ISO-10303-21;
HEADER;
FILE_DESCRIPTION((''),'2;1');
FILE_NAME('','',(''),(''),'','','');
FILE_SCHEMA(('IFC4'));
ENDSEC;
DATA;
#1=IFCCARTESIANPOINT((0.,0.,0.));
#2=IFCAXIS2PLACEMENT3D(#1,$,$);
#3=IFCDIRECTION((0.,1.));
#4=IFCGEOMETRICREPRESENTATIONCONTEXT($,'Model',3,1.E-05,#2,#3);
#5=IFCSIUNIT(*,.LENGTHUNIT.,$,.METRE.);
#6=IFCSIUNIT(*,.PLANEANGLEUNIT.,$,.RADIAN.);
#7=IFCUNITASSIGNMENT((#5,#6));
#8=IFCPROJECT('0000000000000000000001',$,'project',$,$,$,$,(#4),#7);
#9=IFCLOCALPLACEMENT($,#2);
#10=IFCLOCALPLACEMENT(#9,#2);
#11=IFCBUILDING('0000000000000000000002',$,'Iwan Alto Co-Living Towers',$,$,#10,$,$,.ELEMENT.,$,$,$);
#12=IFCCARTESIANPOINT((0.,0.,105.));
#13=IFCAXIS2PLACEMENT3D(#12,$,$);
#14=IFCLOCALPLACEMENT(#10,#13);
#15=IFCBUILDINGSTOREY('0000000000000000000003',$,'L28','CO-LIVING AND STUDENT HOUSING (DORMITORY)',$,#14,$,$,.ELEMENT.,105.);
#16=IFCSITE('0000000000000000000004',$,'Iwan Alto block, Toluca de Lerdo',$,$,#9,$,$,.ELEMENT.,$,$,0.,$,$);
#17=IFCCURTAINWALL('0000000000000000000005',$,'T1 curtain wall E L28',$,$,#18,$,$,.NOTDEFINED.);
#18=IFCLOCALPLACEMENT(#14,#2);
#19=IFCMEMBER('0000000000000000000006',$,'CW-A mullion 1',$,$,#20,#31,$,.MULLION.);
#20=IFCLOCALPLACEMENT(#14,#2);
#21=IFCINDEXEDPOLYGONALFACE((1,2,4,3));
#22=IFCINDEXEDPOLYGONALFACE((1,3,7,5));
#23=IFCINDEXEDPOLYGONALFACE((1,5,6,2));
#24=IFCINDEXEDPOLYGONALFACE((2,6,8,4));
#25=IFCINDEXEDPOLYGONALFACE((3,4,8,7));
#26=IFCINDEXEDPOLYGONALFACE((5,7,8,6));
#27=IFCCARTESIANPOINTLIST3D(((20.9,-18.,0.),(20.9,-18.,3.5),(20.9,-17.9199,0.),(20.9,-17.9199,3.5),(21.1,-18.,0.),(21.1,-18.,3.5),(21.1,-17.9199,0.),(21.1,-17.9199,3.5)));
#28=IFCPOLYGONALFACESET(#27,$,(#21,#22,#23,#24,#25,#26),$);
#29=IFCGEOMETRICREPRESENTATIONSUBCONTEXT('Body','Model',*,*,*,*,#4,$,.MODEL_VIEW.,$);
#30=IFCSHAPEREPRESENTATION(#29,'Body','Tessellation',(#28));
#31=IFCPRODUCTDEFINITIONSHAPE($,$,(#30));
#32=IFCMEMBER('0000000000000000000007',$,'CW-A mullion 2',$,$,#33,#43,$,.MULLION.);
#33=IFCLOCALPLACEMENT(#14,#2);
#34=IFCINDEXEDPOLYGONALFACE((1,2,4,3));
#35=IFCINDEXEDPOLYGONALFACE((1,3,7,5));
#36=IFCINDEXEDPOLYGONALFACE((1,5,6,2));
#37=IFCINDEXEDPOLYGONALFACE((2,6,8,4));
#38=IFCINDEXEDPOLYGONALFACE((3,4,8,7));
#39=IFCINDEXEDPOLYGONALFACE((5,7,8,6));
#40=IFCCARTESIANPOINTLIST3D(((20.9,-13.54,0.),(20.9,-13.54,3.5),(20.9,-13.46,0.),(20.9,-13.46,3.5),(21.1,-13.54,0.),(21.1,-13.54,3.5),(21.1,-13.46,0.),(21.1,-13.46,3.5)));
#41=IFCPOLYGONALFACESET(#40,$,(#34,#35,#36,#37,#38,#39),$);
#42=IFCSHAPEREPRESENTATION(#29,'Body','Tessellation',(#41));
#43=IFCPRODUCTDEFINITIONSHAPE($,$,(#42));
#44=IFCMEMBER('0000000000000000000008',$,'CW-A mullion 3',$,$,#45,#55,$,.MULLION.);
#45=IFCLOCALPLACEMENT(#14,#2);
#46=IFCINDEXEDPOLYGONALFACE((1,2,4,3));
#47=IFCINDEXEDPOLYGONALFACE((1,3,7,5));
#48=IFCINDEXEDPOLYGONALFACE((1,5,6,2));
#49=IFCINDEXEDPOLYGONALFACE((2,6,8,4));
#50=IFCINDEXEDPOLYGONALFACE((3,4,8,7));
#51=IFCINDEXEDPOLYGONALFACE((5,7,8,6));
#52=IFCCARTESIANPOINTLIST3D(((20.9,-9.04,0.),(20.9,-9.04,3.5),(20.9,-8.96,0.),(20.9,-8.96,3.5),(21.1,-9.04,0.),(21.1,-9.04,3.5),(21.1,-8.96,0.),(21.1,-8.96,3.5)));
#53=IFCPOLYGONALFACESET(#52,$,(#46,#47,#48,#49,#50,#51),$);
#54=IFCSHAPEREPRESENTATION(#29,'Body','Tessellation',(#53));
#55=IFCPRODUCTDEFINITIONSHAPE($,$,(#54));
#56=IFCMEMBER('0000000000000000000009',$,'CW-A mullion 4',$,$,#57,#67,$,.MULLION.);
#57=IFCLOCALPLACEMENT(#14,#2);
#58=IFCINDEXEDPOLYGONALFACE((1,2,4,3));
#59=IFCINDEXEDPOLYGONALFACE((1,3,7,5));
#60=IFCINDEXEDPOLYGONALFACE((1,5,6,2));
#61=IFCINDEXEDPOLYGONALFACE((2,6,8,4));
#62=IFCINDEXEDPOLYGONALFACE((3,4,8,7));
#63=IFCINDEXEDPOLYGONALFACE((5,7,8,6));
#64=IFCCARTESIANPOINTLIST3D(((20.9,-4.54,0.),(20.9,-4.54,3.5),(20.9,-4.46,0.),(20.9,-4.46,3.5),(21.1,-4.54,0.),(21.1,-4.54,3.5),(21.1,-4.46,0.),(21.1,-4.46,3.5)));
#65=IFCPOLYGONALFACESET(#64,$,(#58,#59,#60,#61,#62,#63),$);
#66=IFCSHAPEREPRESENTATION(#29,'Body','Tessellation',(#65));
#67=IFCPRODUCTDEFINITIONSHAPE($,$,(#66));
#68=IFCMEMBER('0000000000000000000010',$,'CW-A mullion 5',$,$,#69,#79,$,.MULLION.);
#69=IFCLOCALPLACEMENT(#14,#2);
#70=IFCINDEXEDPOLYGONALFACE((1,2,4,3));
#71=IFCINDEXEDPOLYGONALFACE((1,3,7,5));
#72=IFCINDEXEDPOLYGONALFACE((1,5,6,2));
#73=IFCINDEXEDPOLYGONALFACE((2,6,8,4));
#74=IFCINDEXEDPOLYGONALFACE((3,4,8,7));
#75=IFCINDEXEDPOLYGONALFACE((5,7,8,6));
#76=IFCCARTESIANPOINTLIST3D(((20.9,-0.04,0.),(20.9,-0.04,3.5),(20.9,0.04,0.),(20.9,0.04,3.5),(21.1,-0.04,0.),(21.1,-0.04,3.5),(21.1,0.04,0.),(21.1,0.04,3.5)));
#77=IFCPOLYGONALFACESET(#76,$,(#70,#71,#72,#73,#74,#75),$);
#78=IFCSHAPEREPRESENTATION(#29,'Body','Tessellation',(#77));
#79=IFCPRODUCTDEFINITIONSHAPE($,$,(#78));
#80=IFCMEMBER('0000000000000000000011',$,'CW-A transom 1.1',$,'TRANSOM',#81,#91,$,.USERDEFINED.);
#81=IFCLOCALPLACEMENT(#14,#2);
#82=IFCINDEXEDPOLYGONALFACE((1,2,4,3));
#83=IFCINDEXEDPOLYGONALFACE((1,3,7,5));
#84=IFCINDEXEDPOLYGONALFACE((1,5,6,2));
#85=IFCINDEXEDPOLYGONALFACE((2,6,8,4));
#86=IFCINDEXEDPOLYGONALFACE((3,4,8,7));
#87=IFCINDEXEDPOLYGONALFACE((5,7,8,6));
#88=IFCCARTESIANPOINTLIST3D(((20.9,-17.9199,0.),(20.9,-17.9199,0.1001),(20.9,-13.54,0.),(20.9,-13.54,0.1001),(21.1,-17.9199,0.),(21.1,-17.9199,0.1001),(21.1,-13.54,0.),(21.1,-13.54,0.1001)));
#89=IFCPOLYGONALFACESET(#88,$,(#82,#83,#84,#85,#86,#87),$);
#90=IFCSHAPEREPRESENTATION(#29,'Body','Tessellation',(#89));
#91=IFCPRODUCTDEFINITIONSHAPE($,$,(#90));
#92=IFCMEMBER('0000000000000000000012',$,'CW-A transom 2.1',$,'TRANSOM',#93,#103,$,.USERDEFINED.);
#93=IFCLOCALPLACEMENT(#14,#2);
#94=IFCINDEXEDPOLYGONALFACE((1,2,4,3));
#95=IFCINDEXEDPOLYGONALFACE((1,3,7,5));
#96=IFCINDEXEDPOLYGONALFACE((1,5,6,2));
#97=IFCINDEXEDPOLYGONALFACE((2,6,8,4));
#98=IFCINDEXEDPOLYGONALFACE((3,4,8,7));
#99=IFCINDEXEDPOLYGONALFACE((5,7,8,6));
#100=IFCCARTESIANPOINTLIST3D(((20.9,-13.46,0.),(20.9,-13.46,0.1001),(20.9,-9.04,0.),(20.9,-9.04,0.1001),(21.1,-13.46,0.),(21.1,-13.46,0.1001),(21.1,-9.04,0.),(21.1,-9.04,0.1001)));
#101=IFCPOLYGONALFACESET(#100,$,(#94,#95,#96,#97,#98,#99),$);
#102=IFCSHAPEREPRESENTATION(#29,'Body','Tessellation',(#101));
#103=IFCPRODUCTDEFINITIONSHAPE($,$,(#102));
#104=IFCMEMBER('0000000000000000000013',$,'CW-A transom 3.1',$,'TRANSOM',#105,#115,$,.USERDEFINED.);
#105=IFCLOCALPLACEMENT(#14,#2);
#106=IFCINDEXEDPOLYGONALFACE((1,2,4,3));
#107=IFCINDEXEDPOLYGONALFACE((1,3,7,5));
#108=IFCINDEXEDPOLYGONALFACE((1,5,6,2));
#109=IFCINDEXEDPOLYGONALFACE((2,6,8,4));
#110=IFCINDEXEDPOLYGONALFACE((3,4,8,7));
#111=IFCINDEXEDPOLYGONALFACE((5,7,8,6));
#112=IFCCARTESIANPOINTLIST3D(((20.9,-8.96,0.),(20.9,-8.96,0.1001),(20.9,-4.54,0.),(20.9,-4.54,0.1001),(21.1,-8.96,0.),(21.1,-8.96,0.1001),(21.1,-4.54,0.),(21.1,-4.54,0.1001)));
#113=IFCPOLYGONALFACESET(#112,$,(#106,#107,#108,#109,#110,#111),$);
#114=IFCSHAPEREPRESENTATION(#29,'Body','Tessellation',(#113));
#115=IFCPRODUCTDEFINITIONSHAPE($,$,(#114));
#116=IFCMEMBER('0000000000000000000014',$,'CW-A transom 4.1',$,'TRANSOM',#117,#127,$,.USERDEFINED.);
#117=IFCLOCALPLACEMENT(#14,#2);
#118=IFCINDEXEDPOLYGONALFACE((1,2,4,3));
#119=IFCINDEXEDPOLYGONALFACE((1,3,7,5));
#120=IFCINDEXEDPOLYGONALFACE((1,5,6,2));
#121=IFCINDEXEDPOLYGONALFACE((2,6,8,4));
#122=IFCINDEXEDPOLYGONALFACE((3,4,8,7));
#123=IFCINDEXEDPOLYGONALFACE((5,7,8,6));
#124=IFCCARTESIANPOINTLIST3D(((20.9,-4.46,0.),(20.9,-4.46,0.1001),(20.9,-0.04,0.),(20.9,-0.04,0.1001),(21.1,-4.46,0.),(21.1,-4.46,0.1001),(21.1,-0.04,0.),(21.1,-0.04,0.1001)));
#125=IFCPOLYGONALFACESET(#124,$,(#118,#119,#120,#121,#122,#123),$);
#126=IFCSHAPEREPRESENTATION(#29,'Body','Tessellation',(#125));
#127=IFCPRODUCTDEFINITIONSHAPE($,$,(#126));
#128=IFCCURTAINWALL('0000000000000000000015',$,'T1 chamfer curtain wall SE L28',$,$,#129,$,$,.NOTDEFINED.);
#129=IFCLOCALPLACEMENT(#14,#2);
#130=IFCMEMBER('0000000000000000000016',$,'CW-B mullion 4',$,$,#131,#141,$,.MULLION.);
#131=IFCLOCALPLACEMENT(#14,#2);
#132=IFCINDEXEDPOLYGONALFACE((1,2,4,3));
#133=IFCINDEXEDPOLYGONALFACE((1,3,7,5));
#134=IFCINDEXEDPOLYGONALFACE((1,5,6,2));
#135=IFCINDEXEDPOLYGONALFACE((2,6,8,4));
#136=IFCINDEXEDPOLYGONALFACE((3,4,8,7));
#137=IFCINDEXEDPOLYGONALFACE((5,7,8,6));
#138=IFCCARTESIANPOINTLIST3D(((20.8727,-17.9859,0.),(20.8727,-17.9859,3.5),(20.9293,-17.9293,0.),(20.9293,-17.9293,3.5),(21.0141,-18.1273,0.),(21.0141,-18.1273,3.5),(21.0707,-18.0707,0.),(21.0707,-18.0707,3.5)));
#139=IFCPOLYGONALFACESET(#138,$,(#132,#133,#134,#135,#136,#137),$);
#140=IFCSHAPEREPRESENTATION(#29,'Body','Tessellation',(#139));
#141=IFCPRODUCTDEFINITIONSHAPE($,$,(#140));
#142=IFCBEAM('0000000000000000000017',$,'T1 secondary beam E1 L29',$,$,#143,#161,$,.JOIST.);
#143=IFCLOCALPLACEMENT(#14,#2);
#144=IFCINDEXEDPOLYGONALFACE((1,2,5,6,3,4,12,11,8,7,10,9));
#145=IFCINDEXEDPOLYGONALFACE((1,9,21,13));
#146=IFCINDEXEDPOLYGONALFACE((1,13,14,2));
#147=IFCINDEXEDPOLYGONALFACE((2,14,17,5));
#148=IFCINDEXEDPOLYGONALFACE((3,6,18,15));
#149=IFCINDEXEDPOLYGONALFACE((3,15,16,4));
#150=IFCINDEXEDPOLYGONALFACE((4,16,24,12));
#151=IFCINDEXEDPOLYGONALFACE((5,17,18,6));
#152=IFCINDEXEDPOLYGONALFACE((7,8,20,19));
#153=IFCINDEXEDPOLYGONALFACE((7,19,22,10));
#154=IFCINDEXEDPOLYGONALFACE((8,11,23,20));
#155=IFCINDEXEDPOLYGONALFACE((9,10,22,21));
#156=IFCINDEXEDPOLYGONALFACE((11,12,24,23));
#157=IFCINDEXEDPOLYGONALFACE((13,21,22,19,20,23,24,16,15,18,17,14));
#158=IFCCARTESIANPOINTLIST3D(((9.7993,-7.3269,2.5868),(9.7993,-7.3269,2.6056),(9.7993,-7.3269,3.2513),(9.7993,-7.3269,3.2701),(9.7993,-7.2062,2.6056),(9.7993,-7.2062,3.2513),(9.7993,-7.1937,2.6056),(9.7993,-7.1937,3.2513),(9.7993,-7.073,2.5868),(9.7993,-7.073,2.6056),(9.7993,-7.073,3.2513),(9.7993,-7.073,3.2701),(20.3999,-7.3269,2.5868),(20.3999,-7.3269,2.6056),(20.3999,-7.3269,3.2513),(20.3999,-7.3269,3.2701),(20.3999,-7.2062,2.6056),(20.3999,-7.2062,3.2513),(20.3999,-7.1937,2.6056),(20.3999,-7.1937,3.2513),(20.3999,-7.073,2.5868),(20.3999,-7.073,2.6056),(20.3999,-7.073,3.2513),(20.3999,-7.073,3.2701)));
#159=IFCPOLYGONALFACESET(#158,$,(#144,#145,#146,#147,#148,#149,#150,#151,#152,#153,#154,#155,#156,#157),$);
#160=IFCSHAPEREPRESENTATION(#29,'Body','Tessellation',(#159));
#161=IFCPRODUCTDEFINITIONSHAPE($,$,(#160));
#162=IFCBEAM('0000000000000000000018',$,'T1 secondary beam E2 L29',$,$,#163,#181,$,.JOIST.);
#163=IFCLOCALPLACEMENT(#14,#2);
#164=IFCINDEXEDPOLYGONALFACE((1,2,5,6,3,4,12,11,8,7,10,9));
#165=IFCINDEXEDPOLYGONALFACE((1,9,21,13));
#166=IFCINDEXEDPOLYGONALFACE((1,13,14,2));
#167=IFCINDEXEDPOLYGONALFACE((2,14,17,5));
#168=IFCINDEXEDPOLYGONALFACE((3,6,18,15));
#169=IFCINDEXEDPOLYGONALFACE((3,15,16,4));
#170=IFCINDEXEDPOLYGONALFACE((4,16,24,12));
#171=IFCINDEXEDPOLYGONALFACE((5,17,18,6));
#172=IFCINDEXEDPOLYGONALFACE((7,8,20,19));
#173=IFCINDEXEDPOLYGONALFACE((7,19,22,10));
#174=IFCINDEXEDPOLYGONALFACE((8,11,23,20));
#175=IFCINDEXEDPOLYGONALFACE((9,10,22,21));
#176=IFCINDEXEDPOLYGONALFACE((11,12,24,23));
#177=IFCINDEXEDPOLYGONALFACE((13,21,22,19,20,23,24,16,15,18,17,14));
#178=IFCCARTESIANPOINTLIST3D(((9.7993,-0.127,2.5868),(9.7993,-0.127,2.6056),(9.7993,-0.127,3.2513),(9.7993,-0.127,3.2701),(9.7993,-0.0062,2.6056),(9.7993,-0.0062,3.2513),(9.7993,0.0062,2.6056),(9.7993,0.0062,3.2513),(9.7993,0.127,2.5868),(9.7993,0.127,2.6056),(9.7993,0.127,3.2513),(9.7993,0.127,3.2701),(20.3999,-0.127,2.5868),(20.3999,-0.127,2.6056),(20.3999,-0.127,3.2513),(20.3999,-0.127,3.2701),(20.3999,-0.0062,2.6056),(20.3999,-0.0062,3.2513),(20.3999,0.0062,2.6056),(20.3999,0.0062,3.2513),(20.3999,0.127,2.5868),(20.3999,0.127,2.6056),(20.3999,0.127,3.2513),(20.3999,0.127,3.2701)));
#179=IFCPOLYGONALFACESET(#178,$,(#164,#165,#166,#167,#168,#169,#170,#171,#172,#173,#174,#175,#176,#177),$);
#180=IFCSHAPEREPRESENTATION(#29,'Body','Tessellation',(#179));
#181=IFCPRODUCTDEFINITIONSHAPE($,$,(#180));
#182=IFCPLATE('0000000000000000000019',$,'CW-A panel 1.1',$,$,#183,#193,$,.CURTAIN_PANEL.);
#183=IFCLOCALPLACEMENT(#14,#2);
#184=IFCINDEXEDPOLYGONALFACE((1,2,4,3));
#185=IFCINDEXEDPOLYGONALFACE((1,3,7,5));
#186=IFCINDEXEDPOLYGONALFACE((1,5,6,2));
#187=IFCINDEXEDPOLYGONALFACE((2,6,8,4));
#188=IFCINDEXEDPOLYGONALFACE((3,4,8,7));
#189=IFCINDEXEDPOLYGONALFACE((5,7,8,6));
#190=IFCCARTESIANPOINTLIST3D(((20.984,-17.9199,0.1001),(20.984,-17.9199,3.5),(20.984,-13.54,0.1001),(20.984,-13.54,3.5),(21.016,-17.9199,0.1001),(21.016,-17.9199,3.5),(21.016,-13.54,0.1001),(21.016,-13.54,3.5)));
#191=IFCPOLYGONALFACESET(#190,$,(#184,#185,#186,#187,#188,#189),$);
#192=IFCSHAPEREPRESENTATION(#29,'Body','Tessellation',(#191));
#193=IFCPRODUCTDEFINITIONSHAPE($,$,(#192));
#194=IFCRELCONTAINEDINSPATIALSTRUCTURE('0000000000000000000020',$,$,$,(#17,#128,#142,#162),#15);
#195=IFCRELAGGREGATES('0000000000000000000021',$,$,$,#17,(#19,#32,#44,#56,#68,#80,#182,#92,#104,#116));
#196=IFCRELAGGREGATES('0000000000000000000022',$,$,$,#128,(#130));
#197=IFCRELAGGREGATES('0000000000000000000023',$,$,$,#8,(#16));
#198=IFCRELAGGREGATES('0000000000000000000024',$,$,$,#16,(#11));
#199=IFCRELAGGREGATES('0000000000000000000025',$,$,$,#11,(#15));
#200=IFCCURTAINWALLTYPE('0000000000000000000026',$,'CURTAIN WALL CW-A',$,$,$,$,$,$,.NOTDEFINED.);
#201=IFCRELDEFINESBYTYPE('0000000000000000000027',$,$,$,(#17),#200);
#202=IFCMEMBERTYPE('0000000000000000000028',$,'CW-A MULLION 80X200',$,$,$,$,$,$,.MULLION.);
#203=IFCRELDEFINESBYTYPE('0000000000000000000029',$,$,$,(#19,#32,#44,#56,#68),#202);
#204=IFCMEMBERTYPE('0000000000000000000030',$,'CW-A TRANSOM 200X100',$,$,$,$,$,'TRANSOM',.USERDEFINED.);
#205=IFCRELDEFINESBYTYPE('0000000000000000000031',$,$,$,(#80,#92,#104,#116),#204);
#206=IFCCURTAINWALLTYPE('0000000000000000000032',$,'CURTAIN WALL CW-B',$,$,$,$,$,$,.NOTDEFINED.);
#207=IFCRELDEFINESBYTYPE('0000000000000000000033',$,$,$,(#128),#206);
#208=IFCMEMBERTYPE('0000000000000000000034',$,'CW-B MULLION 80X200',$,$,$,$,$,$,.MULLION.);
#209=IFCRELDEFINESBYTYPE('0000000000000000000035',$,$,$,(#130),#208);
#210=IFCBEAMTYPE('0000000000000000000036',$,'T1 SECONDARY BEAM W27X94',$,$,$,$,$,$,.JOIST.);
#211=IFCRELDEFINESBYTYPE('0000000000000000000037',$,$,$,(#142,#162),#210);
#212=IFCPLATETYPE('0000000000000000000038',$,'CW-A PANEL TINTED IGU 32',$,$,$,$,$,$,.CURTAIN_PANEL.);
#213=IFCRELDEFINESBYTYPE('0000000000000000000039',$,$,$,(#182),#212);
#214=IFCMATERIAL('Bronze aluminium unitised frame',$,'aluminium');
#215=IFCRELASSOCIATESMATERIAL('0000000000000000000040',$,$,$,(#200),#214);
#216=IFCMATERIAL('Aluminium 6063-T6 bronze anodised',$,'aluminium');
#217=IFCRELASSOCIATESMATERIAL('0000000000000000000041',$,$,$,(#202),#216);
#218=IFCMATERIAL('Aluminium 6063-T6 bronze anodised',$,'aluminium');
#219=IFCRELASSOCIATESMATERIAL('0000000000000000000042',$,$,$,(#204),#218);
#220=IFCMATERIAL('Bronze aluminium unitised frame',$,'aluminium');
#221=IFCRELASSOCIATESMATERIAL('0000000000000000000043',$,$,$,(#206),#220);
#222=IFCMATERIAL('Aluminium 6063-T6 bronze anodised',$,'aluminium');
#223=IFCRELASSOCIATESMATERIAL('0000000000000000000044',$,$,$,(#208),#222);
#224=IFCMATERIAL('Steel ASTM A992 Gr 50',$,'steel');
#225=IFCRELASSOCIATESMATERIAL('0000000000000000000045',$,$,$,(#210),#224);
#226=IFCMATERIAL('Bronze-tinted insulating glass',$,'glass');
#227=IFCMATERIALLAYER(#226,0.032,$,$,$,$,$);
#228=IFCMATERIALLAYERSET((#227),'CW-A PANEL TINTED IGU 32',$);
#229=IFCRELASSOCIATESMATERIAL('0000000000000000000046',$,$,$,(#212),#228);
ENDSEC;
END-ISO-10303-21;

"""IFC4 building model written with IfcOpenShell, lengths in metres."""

from ifc_helpers import new_model, si_unit, direction, frame, origin, origin_2d, place, context, subcontext, project, spatial, rectangle, i_section, extrude, material, layer, layer_set, material_profile, profile_set, type_object, element, aggregate, save


model = new_model("IFC4")

# Units and contexts
model_context = context("Model", 3, precision=1e-05, world=origin(), true_north=direction((0.0, 1.0)))
body_context = subcontext(model_context, "Body", "Model", "MODEL_VIEW")
ifc_project = project(units=[si_unit("LENGTHUNIT", "METRE"), si_unit("PLANEANGLEUNIT", "RADIAN")], contexts=[model_context])

# Site, building, storey
site_placement = place(None, origin())
site = spatial("IfcSite", under=ifc_project, at=site_placement, Name="Iwan Alto block, Toluca de Lerdo", CompositionType="ELEMENT", RefElevation=0.0)
building_placement = place(site_placement, origin())
building = spatial("IfcBuilding", under=site, at=building_placement, Name="Iwan Alto Co-Living Towers", CompositionType="ELEMENT")
storey_placement = place(building_placement, frame((0.0, 0.0, 105.0)))
storey = spatial("IfcBuildingStorey", under=building, at=storey_placement, Name="L28", Description="CO-LIVING AND STUDENT HOUSING (DORMITORY)", CompositionType="ELEMENT", Elevation=105.0)

# Curtain wall, members
ifc_material_1 = material(Name="Bronze aluminium unitised frame", Category="aluminium")
curtain_wall_type_1 = type_object("IfcCurtainWallType", Name="CURTAIN WALL CW-A", PredefinedType="NOTDEFINED", material=ifc_material_1)
curtain_wall_1_placement = place(storey_placement, origin())
curtain_wall_1 = element("IfcCurtainWall", 1, at=curtain_wall_1_placement, inside=storey, type_object=curtain_wall_type_1, Name="T1 curtain wall E L28", PredefinedType="NOTDEFINED")
ifc_material_2 = material(Name="Aluminium 6063-T6 bronze anodised", Category="aluminium")
ifc_material_profile_1 = material_profile(ifc_material_2, rectangle(XDim=0.2, YDim=0.0801, at=origin_2d()), Name="AL 80X200")
ifc_profile_set_1 = profile_set([ifc_material_profile_1], Name="Aluminium 6063-T6 bronze anodised")
member_type_1 = type_object("IfcMemberType", Name="CW-A MULLION 80X200", PredefinedType="MULLION", material=ifc_profile_set_1)
member_1_placement = place(storey_placement, frame((21.0, -17.96, 0.0), z_axis=(0.0, 0.0, 1.0), x_axis=(-1.0, 0.0, 0.0)))
member_1 = element("IfcMember", 2, at=member_1_placement, type_object=member_type_1, Name="CW-A mullion 1", PredefinedType="MULLION", context=body_context, shape_type="SweptSolid", body=[
    extrude(rectangle(XDim=0.2, YDim=0.0801, at=origin_2d()), origin(), (0.0, 0.0, 1.0), 3.5),
])
member_2_placement = place(storey_placement, frame((21.0, -13.5, 0.0), z_axis=(0.0, 0.0, 1.0), x_axis=(-1.0, 0.0, 0.0)))
member_2 = element("IfcMember", 3, at=member_2_placement, type_object=member_type_1, Name="CW-A mullion 2", PredefinedType="MULLION", context=body_context, shape_type="SweptSolid", body=[
    extrude(rectangle(XDim=0.2, YDim=0.0801, at=origin_2d()), origin(), (0.0, 0.0, 1.0), 3.5),
])
member_3_placement = place(storey_placement, frame((21.0, -9.0, 0.0), z_axis=(0.0, 0.0, 1.0), x_axis=(-1.0, 0.0, 0.0)))
member_3 = element("IfcMember", 4, at=member_3_placement, type_object=member_type_1, Name="CW-A mullion 3", PredefinedType="MULLION", context=body_context, shape_type="SweptSolid", body=[
    extrude(rectangle(XDim=0.2, YDim=0.0801, at=origin_2d()), origin(), (0.0, 0.0, 1.0), 3.5),
])
member_4_placement = place(storey_placement, frame((21.0, -4.5, 0.0), z_axis=(0.0, 0.0, 1.0), x_axis=(-1.0, 0.0, 0.0)))
member_4 = element("IfcMember", 5, at=member_4_placement, type_object=member_type_1, Name="CW-A mullion 4", PredefinedType="MULLION", context=body_context, shape_type="SweptSolid", body=[
    extrude(rectangle(XDim=0.2, YDim=0.0801, at=origin_2d()), origin(), (0.0, 0.0, 1.0), 3.5),
])
member_5_placement = place(storey_placement, frame((21.0, 0.0, 0.0), z_axis=(0.0, 0.0, 1.0), x_axis=(-1.0, 0.0, 0.0)))
member_5 = element("IfcMember", 6, at=member_5_placement, type_object=member_type_1, Name="CW-A mullion 5", PredefinedType="MULLION", context=body_context, shape_type="SweptSolid", body=[
    extrude(rectangle(XDim=0.2, YDim=0.0801, at=origin_2d()), origin(), (0.0, 0.0, 1.0), 3.5),
])
ifc_material_3 = material(Name="Aluminium 6063-T6 bronze anodised", Category="aluminium")
ifc_material_profile_2 = material_profile(ifc_material_3, rectangle(XDim=0.2, YDim=0.1001, at=origin_2d()), Name="AL 200X100")
ifc_profile_set_2 = profile_set([ifc_material_profile_2], Name="Aluminium 6063-T6 bronze anodised")
member_type_2 = type_object("IfcMemberType", Name="CW-A TRANSOM 200X100", ElementType="TRANSOM", PredefinedType="USERDEFINED", material=ifc_profile_set_2)
member_6_placement = place(storey_placement, frame((21.0, -17.9199, 0.05), z_axis=(0.0, 1.0, 0.0), x_axis=(-1.0, 0.0, 0.0)))
member_6 = element("IfcMember", 7, at=member_6_placement, type_object=member_type_2, Name="CW-A transom 1.1", ObjectType="TRANSOM", PredefinedType="USERDEFINED", context=body_context, shape_type="SweptSolid", body=[
    extrude(rectangle(XDim=0.2, YDim=0.1001, at=origin_2d()), origin(), (0.0, 0.0, 1.0), 4.3799),
])
member_7_placement = place(storey_placement, frame((21.0, -13.46, 0.05), z_axis=(0.0, 1.0, 0.0), x_axis=(-1.0, 0.0, 0.0)))
member_7 = element("IfcMember", 8, at=member_7_placement, type_object=member_type_2, Name="CW-A transom 2.1", ObjectType="TRANSOM", PredefinedType="USERDEFINED", context=body_context, shape_type="SweptSolid", body=[
    extrude(rectangle(XDim=0.2, YDim=0.1001, at=origin_2d()), origin(), (0.0, 0.0, 1.0), 4.4199),
])
member_8_placement = place(storey_placement, frame((21.0, -8.96, 0.05), z_axis=(0.0, 1.0, 0.0), x_axis=(-1.0, 0.0, 0.0)))
member_8 = element("IfcMember", 9, at=member_8_placement, type_object=member_type_2, Name="CW-A transom 3.1", ObjectType="TRANSOM", PredefinedType="USERDEFINED", context=body_context, shape_type="SweptSolid", body=[
    extrude(rectangle(XDim=0.2, YDim=0.1001, at=origin_2d()), origin(), (0.0, 0.0, 1.0), 4.4199),
])
member_9_placement = place(storey_placement, frame((21.0, -4.46, 0.05), z_axis=(0.0, 1.0, 0.0), x_axis=(-1.0, 0.0, 0.0)))
member_9 = element("IfcMember", 10, at=member_9_placement, type_object=member_type_2, Name="CW-A transom 4.1", ObjectType="TRANSOM", PredefinedType="USERDEFINED", context=body_context, shape_type="SweptSolid", body=[
    extrude(rectangle(XDim=0.2, YDim=0.1001, at=origin_2d()), origin(), (0.0, 0.0, 1.0), 4.4199),
])

# Curtain wall, member
ifc_material_4 = material(Name="Bronze aluminium unitised frame", Category="aluminium")
curtain_wall_type_2 = type_object("IfcCurtainWallType", Name="CURTAIN WALL CW-B", PredefinedType="NOTDEFINED", material=ifc_material_4)
curtain_wall_2_placement = place(storey_placement, origin())
curtain_wall_2 = element("IfcCurtainWall", 11, at=curtain_wall_2_placement, inside=storey, type_object=curtain_wall_type_2, Name="T1 chamfer curtain wall SE L28", PredefinedType="NOTDEFINED")
ifc_material_5 = material(Name="Aluminium 6063-T6 bronze anodised", Category="aluminium")
ifc_material_profile_3 = material_profile(ifc_material_5, rectangle(XDim=0.2, YDim=0.0801, at=origin_2d()), Name="AL 80X200")
ifc_profile_set_3 = profile_set([ifc_material_profile_3], Name="Aluminium 6063-T6 bronze anodised")
member_type_3 = type_object("IfcMemberType", Name="CW-B MULLION 80X200", PredefinedType="MULLION", material=ifc_profile_set_3)
member_10_placement = place(storey_placement, frame((20.9717, -18.0283, 0.0), z_axis=(0.0, 0.0, 1.0), x_axis=(-0.707107, 0.707107, 0.0)))
member_10 = element("IfcMember", 12, at=member_10_placement, type_object=member_type_3, Name="CW-B mullion 4", PredefinedType="MULLION", context=body_context, shape_type="SweptSolid", body=[
    extrude(rectangle(XDim=0.2, YDim=0.0801, at=origin_2d()), origin(), (0.0, 0.0, 1.0), 3.5),
])

# Beams
ifc_material_6 = material(Name="Steel ASTM A992 Gr 50", Category="steel")
ifc_material_profile_4 = material_profile(ifc_material_6, i_section(OverallWidth=0.2539, OverallDepth=0.6833, WebThickness=0.0125, FlangeThickness=0.0188, at=origin_2d()), Name="W27X94")
ifc_profile_set_4 = profile_set([ifc_material_profile_4], Name="Steel ASTM A992 Gr 50")
beam_type = type_object("IfcBeamType", Name="T1 SECONDARY BEAM W27X94", PredefinedType="JOIST", material=ifc_profile_set_4)
for number, where, z_axis, x_axis, name in (
    (13, (20.3999, -7.2, 2.9285), (-1.0, 0.0, 0.0), (0.0, -1.0, 0.0), "T1 secondary beam E1 L29"),
    (14, (20.3999, 0.0, 2.9285), (-1.0, 0.0, 0.0), (0.0, -1.0, 0.0), "T1 secondary beam E2 L29"),
):
    element("IfcBeam", number, at=place(storey_placement, frame(where, z_axis=z_axis, x_axis=x_axis)), inside=storey, type_object=beam_type, Name=name, PredefinedType="JOIST", context=body_context, shape_type="SweptSolid", body=[
        extrude(i_section(OverallWidth=0.2539, OverallDepth=0.6833, WebThickness=0.0125, FlangeThickness=0.0188, at=origin_2d()), origin(), (0.0, 0.0, 1.0), 10.6006),
    ])

# Plate
ifc_material_7 = material(Name="Bronze-tinted insulating glass", Category="glass")
ifc_layer_1 = layer(ifc_material_7, 0.032)
ifc_layer_set_1 = layer_set([ifc_layer_1], Name="CW-A PANEL TINTED IGU 32")
plate_type_1 = type_object("IfcPlateType", Name="CW-A PANEL TINTED IGU 32", PredefinedType="CURTAIN_PANEL", material=ifc_layer_set_1)
plate_1_placement = place(storey_placement, frame((21.0, -15.73, 0.1001), z_axis=(0.0, 0.0, 1.0), x_axis=(0.0, 1.0, 0.0)))
plate_1 = element("IfcPlate", 15, at=plate_1_placement, type_object=plate_type_1, Name="CW-A panel 1.1", PredefinedType="CURTAIN_PANEL", context=body_context, shape_type="SweptSolid", body=[
    extrude(rectangle(XDim=4.3799, YDim=0.032, at=origin_2d()), origin(), (0.0, 0.0, 1.0), 3.3999),
])
aggregate(curtain_wall_1, [member_1, member_2, member_3, member_4, member_5, member_6, plate_1, member_7, member_8, member_9])
aggregate(curtain_wall_2, [member_10])

save(model, "model.ifc")
